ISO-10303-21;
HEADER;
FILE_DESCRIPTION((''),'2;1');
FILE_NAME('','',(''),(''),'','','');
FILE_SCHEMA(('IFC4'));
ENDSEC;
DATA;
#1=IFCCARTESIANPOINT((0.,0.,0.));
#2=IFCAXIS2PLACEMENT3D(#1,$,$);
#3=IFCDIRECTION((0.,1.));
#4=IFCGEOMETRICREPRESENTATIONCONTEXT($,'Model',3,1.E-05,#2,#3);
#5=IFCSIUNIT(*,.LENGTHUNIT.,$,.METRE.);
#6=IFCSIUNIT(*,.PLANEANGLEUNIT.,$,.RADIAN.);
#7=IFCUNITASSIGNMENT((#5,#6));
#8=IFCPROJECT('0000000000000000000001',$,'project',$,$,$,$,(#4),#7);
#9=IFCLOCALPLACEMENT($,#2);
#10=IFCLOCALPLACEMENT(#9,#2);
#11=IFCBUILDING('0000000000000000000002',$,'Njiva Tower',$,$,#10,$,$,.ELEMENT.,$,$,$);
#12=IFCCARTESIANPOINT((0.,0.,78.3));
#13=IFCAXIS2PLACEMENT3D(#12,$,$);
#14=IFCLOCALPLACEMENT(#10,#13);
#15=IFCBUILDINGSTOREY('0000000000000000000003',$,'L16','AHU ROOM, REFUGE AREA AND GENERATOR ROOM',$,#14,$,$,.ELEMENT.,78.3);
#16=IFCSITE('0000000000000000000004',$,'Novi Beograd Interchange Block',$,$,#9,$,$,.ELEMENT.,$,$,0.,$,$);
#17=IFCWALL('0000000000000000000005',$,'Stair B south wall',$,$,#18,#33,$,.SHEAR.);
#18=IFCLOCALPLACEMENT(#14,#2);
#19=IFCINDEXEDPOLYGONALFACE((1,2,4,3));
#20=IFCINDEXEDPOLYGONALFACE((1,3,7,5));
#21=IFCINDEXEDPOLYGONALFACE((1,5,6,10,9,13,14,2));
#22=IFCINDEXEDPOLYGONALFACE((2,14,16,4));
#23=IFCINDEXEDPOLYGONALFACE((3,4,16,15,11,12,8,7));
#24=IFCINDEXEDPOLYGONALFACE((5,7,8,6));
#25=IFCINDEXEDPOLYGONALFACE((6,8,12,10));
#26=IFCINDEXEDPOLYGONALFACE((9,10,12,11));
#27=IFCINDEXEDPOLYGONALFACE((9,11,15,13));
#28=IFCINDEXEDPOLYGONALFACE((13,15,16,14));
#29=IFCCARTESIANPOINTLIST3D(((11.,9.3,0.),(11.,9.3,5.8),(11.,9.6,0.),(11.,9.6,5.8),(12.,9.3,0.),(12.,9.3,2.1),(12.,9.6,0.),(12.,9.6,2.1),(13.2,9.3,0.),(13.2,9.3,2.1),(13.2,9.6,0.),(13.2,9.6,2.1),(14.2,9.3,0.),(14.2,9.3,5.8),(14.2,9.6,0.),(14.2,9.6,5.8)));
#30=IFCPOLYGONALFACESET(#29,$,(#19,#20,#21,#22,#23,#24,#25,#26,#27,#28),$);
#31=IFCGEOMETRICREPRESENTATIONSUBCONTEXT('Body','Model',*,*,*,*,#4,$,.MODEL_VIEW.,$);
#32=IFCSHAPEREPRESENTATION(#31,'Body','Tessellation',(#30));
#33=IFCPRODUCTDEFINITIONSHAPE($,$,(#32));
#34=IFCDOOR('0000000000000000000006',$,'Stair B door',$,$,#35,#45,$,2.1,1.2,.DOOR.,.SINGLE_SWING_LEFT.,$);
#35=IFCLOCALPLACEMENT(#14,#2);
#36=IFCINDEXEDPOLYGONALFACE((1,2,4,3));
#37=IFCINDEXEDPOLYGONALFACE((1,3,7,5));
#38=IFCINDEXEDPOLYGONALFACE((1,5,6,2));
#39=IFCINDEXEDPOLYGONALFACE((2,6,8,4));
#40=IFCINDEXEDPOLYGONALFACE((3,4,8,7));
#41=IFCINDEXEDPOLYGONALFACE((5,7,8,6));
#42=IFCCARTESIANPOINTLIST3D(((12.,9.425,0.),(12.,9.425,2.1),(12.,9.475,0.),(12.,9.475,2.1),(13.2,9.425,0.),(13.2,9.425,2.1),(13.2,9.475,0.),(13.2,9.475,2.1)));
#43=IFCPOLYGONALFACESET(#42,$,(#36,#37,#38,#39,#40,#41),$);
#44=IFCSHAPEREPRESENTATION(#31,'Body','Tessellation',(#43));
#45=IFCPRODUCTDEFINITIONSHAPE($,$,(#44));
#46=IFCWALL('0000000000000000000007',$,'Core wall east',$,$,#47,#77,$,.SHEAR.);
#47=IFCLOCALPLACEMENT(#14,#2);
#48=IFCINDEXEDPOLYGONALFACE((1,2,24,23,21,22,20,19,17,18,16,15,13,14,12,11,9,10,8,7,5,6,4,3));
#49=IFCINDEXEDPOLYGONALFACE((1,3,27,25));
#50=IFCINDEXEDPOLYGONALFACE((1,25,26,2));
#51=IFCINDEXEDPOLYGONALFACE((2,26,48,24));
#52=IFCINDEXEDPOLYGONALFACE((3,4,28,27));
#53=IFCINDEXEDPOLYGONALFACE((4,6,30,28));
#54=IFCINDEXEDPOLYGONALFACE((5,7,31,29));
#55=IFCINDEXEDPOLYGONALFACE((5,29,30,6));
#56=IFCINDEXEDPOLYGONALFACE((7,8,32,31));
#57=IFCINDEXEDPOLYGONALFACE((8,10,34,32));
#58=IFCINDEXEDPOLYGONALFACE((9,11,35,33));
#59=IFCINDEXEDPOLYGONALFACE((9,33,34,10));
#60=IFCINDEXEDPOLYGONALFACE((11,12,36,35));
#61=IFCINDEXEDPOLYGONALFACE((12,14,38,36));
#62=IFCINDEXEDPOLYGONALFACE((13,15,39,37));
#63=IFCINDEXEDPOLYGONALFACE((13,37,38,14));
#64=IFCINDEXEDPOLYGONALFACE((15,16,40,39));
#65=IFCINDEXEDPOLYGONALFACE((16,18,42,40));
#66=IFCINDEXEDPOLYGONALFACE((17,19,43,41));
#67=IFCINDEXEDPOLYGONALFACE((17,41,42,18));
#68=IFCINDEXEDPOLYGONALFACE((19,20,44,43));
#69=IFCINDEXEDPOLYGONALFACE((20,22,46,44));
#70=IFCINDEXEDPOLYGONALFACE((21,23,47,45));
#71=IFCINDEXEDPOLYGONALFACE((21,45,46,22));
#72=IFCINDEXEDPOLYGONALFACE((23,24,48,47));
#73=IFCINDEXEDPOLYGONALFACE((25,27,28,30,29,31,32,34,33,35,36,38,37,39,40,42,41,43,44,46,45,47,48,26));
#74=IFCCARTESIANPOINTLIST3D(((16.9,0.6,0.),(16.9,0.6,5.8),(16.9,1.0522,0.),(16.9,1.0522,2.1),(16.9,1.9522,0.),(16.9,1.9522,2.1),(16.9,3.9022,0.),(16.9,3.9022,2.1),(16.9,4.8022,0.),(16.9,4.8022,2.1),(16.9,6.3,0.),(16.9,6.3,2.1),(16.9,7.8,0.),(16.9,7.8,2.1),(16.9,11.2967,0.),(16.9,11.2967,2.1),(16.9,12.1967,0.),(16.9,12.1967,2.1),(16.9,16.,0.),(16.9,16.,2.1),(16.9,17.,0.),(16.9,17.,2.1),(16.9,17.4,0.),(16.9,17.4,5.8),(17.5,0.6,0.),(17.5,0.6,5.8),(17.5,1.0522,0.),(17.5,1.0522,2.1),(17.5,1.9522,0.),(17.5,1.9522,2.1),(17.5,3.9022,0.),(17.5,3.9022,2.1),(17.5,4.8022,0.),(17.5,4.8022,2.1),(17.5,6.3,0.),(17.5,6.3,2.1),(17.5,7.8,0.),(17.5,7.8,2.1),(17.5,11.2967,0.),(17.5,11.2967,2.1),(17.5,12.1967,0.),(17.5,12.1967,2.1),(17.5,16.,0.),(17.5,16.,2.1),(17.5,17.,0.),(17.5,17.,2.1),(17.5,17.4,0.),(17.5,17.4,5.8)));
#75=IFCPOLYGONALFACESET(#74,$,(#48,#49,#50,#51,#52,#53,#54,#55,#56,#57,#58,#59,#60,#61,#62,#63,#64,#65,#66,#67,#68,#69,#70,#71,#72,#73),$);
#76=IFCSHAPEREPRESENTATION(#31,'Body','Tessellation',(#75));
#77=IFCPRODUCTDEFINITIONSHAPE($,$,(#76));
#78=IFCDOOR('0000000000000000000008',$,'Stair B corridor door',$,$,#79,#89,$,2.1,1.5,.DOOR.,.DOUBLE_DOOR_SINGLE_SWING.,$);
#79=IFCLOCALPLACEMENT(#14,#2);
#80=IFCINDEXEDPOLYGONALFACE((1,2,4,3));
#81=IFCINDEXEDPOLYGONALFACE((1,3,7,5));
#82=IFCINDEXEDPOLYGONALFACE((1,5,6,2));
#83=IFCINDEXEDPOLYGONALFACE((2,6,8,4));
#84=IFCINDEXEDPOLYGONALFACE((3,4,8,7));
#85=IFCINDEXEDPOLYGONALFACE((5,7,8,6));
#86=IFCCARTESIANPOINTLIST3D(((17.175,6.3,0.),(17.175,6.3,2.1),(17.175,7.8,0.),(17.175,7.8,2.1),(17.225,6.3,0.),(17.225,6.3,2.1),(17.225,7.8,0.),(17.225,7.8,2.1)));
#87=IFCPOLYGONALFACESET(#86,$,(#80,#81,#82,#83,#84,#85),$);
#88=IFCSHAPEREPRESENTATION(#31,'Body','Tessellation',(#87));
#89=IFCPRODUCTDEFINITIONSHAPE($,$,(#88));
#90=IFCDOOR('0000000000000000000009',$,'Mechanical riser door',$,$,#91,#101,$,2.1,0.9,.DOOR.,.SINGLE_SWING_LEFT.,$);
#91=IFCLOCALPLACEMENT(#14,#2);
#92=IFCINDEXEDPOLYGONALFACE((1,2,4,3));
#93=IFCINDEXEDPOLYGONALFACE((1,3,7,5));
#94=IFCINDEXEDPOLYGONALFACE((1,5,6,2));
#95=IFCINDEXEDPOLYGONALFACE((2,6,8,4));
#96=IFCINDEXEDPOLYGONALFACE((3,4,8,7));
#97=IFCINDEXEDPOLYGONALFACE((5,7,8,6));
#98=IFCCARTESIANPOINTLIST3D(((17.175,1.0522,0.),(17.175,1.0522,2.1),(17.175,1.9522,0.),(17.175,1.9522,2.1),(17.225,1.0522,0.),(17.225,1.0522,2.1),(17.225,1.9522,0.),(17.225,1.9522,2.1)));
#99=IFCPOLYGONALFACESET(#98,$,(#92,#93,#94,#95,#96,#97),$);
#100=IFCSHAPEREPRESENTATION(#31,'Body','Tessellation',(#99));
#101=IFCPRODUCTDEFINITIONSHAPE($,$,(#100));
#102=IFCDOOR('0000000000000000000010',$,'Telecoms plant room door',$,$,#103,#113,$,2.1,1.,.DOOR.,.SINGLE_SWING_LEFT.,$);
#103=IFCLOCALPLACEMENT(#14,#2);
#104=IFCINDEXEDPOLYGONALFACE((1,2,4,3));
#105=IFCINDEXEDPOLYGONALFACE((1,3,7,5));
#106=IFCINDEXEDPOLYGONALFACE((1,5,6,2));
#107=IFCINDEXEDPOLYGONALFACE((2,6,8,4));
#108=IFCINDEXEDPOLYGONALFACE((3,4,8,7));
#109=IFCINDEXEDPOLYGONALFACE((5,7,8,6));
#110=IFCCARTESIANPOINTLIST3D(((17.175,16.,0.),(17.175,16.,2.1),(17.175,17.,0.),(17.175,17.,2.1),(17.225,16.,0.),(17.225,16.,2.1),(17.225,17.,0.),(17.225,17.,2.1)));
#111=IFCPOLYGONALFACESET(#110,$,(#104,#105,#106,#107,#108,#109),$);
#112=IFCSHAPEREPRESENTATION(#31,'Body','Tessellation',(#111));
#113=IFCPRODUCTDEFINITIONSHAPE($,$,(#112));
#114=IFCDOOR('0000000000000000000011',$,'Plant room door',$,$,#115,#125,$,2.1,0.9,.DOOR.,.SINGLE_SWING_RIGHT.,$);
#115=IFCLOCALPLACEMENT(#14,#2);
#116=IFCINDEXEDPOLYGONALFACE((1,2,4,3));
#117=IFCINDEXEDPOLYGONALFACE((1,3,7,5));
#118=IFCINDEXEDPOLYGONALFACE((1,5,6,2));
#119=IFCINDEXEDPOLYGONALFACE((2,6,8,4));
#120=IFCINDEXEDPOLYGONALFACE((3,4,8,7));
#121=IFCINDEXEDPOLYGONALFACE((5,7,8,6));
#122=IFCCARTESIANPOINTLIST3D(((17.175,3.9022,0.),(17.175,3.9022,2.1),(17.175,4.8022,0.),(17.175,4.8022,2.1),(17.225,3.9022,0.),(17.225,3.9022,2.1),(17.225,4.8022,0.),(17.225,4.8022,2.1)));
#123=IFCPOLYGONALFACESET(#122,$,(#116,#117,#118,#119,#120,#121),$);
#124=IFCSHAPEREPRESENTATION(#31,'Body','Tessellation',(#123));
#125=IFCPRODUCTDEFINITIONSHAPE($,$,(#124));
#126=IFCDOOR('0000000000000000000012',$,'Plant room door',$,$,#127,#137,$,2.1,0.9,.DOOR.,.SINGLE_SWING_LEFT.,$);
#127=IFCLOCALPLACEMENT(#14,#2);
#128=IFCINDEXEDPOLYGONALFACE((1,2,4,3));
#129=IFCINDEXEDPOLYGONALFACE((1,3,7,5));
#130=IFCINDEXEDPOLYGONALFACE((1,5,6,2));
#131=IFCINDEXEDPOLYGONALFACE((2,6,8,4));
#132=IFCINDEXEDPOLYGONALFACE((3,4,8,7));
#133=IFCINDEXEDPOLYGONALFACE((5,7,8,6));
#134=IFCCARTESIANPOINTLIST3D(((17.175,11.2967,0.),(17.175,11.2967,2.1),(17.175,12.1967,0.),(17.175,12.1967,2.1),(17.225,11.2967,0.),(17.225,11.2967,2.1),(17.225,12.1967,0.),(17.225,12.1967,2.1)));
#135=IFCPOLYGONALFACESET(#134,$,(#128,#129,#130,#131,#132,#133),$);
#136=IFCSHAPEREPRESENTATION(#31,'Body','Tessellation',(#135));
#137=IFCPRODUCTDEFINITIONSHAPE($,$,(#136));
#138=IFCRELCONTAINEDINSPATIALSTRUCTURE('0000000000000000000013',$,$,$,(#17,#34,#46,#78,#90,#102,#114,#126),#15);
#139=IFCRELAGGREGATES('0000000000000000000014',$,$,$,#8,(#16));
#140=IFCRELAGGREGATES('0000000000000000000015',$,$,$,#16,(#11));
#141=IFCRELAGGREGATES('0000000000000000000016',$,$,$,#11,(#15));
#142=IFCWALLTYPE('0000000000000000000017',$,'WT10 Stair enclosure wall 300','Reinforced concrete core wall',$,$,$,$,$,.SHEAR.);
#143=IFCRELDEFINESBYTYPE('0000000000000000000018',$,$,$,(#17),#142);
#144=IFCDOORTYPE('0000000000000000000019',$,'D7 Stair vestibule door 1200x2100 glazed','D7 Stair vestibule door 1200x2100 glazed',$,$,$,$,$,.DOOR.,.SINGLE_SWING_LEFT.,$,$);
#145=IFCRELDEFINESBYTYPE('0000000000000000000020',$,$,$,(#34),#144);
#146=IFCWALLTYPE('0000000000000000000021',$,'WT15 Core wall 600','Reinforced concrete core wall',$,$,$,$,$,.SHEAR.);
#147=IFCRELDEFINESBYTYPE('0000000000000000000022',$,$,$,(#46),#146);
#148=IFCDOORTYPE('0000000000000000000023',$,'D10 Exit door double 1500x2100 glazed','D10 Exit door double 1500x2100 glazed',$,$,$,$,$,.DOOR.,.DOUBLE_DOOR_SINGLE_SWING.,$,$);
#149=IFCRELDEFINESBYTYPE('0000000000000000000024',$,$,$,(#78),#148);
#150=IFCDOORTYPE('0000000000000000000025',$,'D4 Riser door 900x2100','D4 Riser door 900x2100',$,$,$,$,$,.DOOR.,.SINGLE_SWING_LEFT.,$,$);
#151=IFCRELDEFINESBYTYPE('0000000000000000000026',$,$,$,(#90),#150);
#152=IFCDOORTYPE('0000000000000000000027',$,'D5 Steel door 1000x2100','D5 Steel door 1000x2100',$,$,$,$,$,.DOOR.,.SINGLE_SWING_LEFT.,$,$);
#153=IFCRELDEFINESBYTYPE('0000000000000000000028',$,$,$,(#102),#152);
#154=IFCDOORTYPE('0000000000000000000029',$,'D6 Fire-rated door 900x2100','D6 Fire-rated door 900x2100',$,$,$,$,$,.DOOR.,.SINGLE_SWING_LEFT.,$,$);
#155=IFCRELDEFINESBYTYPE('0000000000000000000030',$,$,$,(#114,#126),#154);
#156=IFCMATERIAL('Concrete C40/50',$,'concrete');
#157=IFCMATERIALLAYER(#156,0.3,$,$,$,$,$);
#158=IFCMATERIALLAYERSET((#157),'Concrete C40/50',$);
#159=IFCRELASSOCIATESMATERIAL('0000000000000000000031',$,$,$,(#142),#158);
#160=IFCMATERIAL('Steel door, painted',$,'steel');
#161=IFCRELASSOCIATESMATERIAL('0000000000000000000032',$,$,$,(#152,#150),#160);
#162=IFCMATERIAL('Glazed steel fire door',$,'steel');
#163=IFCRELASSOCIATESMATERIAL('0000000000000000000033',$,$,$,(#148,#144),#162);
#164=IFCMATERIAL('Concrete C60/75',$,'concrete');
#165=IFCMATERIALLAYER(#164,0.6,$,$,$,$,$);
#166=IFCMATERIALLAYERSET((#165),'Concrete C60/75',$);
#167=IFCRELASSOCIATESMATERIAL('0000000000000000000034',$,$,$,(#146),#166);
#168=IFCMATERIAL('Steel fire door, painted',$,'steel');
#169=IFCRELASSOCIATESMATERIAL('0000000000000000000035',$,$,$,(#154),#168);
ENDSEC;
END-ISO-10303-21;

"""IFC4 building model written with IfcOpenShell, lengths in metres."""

from ifc_helpers import new_model, si_unit, direction, frame, frame_2d, origin, place, context, subcontext, project, spatial, rectangle, extrude, material, layer, layer_set, type_object, element, fill, save


model = new_model("IFC4")

# Units and contexts
model_context = context("Model", 3, precision=1e-05, world=origin(), true_north=direction((0.0, 1.0)))
body_context = subcontext(model_context, "Body", "Model", "MODEL_VIEW")
ifc_project = project(units=[si_unit("LENGTHUNIT", "METRE"), si_unit("PLANEANGLEUNIT", "RADIAN")], contexts=[model_context])

# Site, building, storey
site_placement = place(None, origin())
site = spatial("IfcSite", under=ifc_project, at=site_placement, Name="Novi Beograd Interchange Block", CompositionType="ELEMENT", RefElevation=0.0)
building_placement = place(site_placement, origin())
building = spatial("IfcBuilding", under=site, at=building_placement, Name="Njiva Tower", CompositionType="ELEMENT")
storey_placement = place(building_placement, frame((0.0, 0.0, 78.3)))
storey = spatial("IfcBuildingStorey", under=building, at=storey_placement, Name="L16", Description="AHU ROOM, REFUGE AREA AND GENERATOR ROOM", CompositionType="ELEMENT", Elevation=78.3)

# Shared definitions
ifc_material_1 = material(Name="Concrete C40/50", Category="concrete")
ifc_layer_1 = layer(ifc_material_1, 0.3)
ifc_layer_set_1 = layer_set([ifc_layer_1], Name="Concrete C40/50")
wall_type_1 = type_object("IfcWallType", Name="WT10 Stair enclosure wall 300", Description="Reinforced concrete core wall", PredefinedType="SHEAR", material=ifc_layer_set_1)
ifc_material_2 = material(Name="Steel door, painted", Category="steel")
door_type_1 = type_object("IfcDoorType", Name="D5 Steel door 1000x2100", Description="D5 Steel door 1000x2100", OperationType="SINGLE_SWING_LEFT", PredefinedType="DOOR", material=ifc_material_2)
ifc_material_3 = material(Name="Glazed steel fire door", Category="steel")

# Wall, opening, door
door_type_2 = type_object("IfcDoorType", Name="D10 Exit door double 1500x2100 glazed", Description="D10 Exit door double 1500x2100 glazed", OperationType="DOUBLE_DOOR_SINGLE_SWING", PredefinedType="DOOR", material=ifc_material_3)
wall_1_placement = place(storey_placement, frame((11.0, 9.45, 0.0), z_axis=(0.0, 0.0, 1.0), x_axis=(1.0, 0.0, 0.0)))
wall_1 = element("IfcWall", 1, at=wall_1_placement, inside=storey, type_object=wall_type_1, Name="Stair B south wall", PredefinedType="SHEAR", context=body_context, shape_type="SweptSolid", body=[
    extrude(rectangle(XDim=3.2, YDim=0.3, at=frame_2d((1.6, 0.0))), origin(), (0.0, 0.0, 1.0), 5.8),
])
opening_1_placement = place(wall_1_placement, frame((1.0, 0.0, 0.0)))
opening_1 = element("IfcOpeningElement", 2, at=opening_1_placement, cuts=wall_1, PredefinedType="OPENING", context=body_context, shape_type="SweptSolid", body=[
    extrude(rectangle(XDim=1.2, YDim=2.1, at=frame_2d((0.6, 1.05))), frame((0.0, 0.16, 0.0), z_axis=(0.0, -1.0, 0.0), x_axis=(1.0, 0.0, 0.0)), (0.0, 0.0, 1.0), 0.32),
])
door_type_3 = type_object("IfcDoorType", Name="D7 Stair vestibule door 1200x2100 glazed", Description="D7 Stair vestibule door 1200x2100 glazed", OperationType="SINGLE_SWING_LEFT", PredefinedType="DOOR", material=ifc_material_3)
door_1_placement = place(opening_1_placement, origin())
door_1 = element("IfcDoor", 3, at=door_1_placement, inside=storey, type_object=door_type_3, Name="Stair B door", OperationType="SINGLE_SWING_LEFT", OverallHeight=2.1, OverallWidth=1.2, PredefinedType="DOOR", context=body_context, shape_type="SweptSolid", body=[
    extrude(rectangle(XDim=1.2, YDim=2.1, at=frame_2d((0.6, 1.05))), frame((0.0, 0.025, 0.0), z_axis=(0.0, -1.0, 0.0), x_axis=(1.0, 0.0, 0.0)), (0.0, 0.0, 1.0), 0.05),
])
fill(opening_1, door_1)

# Wall, openings, doors
ifc_material_4 = material(Name="Concrete C60/75", Category="concrete")
ifc_layer_2 = layer(ifc_material_4, 0.6)
ifc_layer_set_2 = layer_set([ifc_layer_2], Name="Concrete C60/75")
wall_type_2 = type_object("IfcWallType", Name="WT15 Core wall 600", Description="Reinforced concrete core wall", PredefinedType="SHEAR", material=ifc_layer_set_2)
wall_2_placement = place(storey_placement, frame((17.2, 0.6, 0.0), z_axis=(0.0, 0.0, 1.0), x_axis=(0.0, 1.0, 0.0)))
wall_2 = element("IfcWall", 4, at=wall_2_placement, inside=storey, type_object=wall_type_2, Name="Core wall east", PredefinedType="SHEAR", context=body_context, shape_type="SweptSolid", body=[
    extrude(rectangle(XDim=16.8, YDim=0.6, at=frame_2d((8.4, 0.0))), origin(), (0.0, 0.0, 1.0), 5.8),
])
opening_2_placement = place(wall_2_placement, frame((5.7, 0.0, 0.0)))
opening_2 = element("IfcOpeningElement", 5, at=opening_2_placement, cuts=wall_2, PredefinedType="OPENING", context=body_context, shape_type="SweptSolid", body=[
    extrude(rectangle(XDim=1.5, YDim=2.1, at=frame_2d((0.75, 1.05))), frame((0.0, 0.31, 0.0), z_axis=(0.0, -1.0, 0.0), x_axis=(1.0, 0.0, 0.0)), (0.0, 0.0, 1.0), 0.62),
])
opening_3_placement = place(wall_2_placement, frame((0.4522, 0.0, 0.0)))
opening_3 = element("IfcOpeningElement", 6, at=opening_3_placement, cuts=wall_2, PredefinedType="OPENING", context=body_context, shape_type="SweptSolid", body=[
    extrude(rectangle(XDim=0.9, YDim=2.1, at=frame_2d((0.45, 1.05))), frame((0.0, 0.31, 0.0), z_axis=(0.0, -1.0, 0.0), x_axis=(1.0, 0.0, 0.0)), (0.0, 0.0, 1.0), 0.62),
])
opening_4_placement = place(wall_2_placement, frame((3.3022, 0.0, 0.0)))
opening_4 = element("IfcOpeningElement", 7, at=opening_4_placement, cuts=wall_2, PredefinedType="OPENING", context=body_context, shape_type="SweptSolid", body=[
    extrude(rectangle(XDim=0.9, YDim=2.1, at=frame_2d((0.45, 1.05))), frame((0.0, 0.31, 0.0), z_axis=(0.0, -1.0, 0.0), x_axis=(1.0, 0.0, 0.0)), (0.0, 0.0, 1.0), 0.62),
])
opening_5_placement = place(wall_2_placement, frame((10.6967, 0.0, 0.0)))
opening_5 = element("IfcOpeningElement", 8, at=opening_5_placement, cuts=wall_2, PredefinedType="OPENING", context=body_context, shape_type="SweptSolid", body=[
    extrude(rectangle(XDim=0.9, YDim=2.1, at=frame_2d((0.45, 1.05))), frame((0.0, 0.31, 0.0), z_axis=(0.0, -1.0, 0.0), x_axis=(1.0, 0.0, 0.0)), (0.0, 0.0, 1.0), 0.62),
])
opening_6_placement = place(wall_2_placement, frame((15.4, 0.0, 0.0)))
opening_6 = element("IfcOpeningElement", 9, at=opening_6_placement, cuts=wall_2, PredefinedType="OPENING", context=body_context, shape_type="SweptSolid", body=[
    extrude(rectangle(XDim=1.0, YDim=2.1, at=frame_2d((0.5, 1.05))), frame((0.0, 0.31, 0.0), z_axis=(0.0, -1.0, 0.0), x_axis=(1.0, 0.0, 0.0)), (0.0, 0.0, 1.0), 0.62),
])
door_2_placement = place(opening_2_placement, origin())
door_2 = element("IfcDoor", 10, at=door_2_placement, inside=storey, type_object=door_type_2, Name="Stair B corridor door", OperationType="DOUBLE_DOOR_SINGLE_SWING", OverallHeight=2.1, OverallWidth=1.5, PredefinedType="DOOR", context=body_context, shape_type="SweptSolid", body=[
    extrude(rectangle(XDim=1.5, YDim=2.1, at=frame_2d((0.75, 1.05))), frame((0.0, 0.025, 0.0), z_axis=(0.0, -1.0, 0.0), x_axis=(1.0, 0.0, 0.0)), (0.0, 0.0, 1.0), 0.05),
])
fill(opening_2, door_2)
door_type_4 = type_object("IfcDoorType", Name="D4 Riser door 900x2100", Description="D4 Riser door 900x2100", OperationType="SINGLE_SWING_LEFT", PredefinedType="DOOR", material=ifc_material_2)
door_3_placement = place(opening_3_placement, origin())
door_3 = element("IfcDoor", 11, at=door_3_placement, inside=storey, type_object=door_type_4, Name="Mechanical riser door", OperationType="SINGLE_SWING_LEFT", OverallHeight=2.1, OverallWidth=0.9, PredefinedType="DOOR", context=body_context, shape_type="SweptSolid", body=[
    extrude(rectangle(XDim=0.9, YDim=2.1, at=frame_2d((0.45, 1.05))), frame((0.0, 0.025, 0.0), z_axis=(0.0, -1.0, 0.0), x_axis=(1.0, 0.0, 0.0)), (0.0, 0.0, 1.0), 0.05),
])
fill(opening_3, door_3)
door_4_placement = place(opening_6_placement, origin())
door_4 = element("IfcDoor", 12, at=door_4_placement, inside=storey, type_object=door_type_1, Name="Telecoms plant room door", OperationType="SINGLE_SWING_LEFT", OverallHeight=2.1, OverallWidth=1.0, PredefinedType="DOOR", context=body_context, shape_type="SweptSolid", body=[
    extrude(rectangle(XDim=1.0, YDim=2.1, at=frame_2d((0.5, 1.05))), frame((0.0, 0.025, 0.0), z_axis=(0.0, -1.0, 0.0), x_axis=(1.0, 0.0, 0.0)), (0.0, 0.0, 1.0), 0.05),
])
fill(opening_6, door_4)
ifc_material_5 = material(Name="Steel fire door, painted", Category="steel")
door_type_5 = type_object("IfcDoorType", Name="D6 Fire-rated door 900x2100", Description="D6 Fire-rated door 900x2100", OperationType="SINGLE_SWING_LEFT", PredefinedType="DOOR", material=ifc_material_5)
door_5_placement = place(opening_4_placement, origin())
door_5 = element("IfcDoor", 13, at=door_5_placement, inside=storey, type_object=door_type_5, Name="Plant room door", OperationType="SINGLE_SWING_RIGHT", OverallHeight=2.1, OverallWidth=0.9, PredefinedType="DOOR", context=body_context, shape_type="SweptSolid", body=[
    extrude(rectangle(XDim=0.9, YDim=2.1, at=frame_2d((0.45, 1.05))), frame((0.0, 0.025, 0.0), z_axis=(0.0, -1.0, 0.0), x_axis=(1.0, 0.0, 0.0)), (0.0, 0.0, 1.0), 0.05),
])
fill(opening_4, door_5)
door_6_placement = place(opening_5_placement, origin())
door_6 = element("IfcDoor", 14, at=door_6_placement, inside=storey, type_object=door_type_5, Name="Plant room door", OperationType="SINGLE_SWING_LEFT", OverallHeight=2.1, OverallWidth=0.9, PredefinedType="DOOR", context=body_context, shape_type="SweptSolid", body=[
    extrude(rectangle(XDim=0.9, YDim=2.1, at=frame_2d((0.45, 1.05))), frame((0.0, 0.025, 0.0), z_axis=(0.0, -1.0, 0.0), x_axis=(1.0, 0.0, 0.0)), (0.0, 0.0, 1.0), 0.05),
])
fill(opening_5, door_6)

save(model, "model.ifc")
